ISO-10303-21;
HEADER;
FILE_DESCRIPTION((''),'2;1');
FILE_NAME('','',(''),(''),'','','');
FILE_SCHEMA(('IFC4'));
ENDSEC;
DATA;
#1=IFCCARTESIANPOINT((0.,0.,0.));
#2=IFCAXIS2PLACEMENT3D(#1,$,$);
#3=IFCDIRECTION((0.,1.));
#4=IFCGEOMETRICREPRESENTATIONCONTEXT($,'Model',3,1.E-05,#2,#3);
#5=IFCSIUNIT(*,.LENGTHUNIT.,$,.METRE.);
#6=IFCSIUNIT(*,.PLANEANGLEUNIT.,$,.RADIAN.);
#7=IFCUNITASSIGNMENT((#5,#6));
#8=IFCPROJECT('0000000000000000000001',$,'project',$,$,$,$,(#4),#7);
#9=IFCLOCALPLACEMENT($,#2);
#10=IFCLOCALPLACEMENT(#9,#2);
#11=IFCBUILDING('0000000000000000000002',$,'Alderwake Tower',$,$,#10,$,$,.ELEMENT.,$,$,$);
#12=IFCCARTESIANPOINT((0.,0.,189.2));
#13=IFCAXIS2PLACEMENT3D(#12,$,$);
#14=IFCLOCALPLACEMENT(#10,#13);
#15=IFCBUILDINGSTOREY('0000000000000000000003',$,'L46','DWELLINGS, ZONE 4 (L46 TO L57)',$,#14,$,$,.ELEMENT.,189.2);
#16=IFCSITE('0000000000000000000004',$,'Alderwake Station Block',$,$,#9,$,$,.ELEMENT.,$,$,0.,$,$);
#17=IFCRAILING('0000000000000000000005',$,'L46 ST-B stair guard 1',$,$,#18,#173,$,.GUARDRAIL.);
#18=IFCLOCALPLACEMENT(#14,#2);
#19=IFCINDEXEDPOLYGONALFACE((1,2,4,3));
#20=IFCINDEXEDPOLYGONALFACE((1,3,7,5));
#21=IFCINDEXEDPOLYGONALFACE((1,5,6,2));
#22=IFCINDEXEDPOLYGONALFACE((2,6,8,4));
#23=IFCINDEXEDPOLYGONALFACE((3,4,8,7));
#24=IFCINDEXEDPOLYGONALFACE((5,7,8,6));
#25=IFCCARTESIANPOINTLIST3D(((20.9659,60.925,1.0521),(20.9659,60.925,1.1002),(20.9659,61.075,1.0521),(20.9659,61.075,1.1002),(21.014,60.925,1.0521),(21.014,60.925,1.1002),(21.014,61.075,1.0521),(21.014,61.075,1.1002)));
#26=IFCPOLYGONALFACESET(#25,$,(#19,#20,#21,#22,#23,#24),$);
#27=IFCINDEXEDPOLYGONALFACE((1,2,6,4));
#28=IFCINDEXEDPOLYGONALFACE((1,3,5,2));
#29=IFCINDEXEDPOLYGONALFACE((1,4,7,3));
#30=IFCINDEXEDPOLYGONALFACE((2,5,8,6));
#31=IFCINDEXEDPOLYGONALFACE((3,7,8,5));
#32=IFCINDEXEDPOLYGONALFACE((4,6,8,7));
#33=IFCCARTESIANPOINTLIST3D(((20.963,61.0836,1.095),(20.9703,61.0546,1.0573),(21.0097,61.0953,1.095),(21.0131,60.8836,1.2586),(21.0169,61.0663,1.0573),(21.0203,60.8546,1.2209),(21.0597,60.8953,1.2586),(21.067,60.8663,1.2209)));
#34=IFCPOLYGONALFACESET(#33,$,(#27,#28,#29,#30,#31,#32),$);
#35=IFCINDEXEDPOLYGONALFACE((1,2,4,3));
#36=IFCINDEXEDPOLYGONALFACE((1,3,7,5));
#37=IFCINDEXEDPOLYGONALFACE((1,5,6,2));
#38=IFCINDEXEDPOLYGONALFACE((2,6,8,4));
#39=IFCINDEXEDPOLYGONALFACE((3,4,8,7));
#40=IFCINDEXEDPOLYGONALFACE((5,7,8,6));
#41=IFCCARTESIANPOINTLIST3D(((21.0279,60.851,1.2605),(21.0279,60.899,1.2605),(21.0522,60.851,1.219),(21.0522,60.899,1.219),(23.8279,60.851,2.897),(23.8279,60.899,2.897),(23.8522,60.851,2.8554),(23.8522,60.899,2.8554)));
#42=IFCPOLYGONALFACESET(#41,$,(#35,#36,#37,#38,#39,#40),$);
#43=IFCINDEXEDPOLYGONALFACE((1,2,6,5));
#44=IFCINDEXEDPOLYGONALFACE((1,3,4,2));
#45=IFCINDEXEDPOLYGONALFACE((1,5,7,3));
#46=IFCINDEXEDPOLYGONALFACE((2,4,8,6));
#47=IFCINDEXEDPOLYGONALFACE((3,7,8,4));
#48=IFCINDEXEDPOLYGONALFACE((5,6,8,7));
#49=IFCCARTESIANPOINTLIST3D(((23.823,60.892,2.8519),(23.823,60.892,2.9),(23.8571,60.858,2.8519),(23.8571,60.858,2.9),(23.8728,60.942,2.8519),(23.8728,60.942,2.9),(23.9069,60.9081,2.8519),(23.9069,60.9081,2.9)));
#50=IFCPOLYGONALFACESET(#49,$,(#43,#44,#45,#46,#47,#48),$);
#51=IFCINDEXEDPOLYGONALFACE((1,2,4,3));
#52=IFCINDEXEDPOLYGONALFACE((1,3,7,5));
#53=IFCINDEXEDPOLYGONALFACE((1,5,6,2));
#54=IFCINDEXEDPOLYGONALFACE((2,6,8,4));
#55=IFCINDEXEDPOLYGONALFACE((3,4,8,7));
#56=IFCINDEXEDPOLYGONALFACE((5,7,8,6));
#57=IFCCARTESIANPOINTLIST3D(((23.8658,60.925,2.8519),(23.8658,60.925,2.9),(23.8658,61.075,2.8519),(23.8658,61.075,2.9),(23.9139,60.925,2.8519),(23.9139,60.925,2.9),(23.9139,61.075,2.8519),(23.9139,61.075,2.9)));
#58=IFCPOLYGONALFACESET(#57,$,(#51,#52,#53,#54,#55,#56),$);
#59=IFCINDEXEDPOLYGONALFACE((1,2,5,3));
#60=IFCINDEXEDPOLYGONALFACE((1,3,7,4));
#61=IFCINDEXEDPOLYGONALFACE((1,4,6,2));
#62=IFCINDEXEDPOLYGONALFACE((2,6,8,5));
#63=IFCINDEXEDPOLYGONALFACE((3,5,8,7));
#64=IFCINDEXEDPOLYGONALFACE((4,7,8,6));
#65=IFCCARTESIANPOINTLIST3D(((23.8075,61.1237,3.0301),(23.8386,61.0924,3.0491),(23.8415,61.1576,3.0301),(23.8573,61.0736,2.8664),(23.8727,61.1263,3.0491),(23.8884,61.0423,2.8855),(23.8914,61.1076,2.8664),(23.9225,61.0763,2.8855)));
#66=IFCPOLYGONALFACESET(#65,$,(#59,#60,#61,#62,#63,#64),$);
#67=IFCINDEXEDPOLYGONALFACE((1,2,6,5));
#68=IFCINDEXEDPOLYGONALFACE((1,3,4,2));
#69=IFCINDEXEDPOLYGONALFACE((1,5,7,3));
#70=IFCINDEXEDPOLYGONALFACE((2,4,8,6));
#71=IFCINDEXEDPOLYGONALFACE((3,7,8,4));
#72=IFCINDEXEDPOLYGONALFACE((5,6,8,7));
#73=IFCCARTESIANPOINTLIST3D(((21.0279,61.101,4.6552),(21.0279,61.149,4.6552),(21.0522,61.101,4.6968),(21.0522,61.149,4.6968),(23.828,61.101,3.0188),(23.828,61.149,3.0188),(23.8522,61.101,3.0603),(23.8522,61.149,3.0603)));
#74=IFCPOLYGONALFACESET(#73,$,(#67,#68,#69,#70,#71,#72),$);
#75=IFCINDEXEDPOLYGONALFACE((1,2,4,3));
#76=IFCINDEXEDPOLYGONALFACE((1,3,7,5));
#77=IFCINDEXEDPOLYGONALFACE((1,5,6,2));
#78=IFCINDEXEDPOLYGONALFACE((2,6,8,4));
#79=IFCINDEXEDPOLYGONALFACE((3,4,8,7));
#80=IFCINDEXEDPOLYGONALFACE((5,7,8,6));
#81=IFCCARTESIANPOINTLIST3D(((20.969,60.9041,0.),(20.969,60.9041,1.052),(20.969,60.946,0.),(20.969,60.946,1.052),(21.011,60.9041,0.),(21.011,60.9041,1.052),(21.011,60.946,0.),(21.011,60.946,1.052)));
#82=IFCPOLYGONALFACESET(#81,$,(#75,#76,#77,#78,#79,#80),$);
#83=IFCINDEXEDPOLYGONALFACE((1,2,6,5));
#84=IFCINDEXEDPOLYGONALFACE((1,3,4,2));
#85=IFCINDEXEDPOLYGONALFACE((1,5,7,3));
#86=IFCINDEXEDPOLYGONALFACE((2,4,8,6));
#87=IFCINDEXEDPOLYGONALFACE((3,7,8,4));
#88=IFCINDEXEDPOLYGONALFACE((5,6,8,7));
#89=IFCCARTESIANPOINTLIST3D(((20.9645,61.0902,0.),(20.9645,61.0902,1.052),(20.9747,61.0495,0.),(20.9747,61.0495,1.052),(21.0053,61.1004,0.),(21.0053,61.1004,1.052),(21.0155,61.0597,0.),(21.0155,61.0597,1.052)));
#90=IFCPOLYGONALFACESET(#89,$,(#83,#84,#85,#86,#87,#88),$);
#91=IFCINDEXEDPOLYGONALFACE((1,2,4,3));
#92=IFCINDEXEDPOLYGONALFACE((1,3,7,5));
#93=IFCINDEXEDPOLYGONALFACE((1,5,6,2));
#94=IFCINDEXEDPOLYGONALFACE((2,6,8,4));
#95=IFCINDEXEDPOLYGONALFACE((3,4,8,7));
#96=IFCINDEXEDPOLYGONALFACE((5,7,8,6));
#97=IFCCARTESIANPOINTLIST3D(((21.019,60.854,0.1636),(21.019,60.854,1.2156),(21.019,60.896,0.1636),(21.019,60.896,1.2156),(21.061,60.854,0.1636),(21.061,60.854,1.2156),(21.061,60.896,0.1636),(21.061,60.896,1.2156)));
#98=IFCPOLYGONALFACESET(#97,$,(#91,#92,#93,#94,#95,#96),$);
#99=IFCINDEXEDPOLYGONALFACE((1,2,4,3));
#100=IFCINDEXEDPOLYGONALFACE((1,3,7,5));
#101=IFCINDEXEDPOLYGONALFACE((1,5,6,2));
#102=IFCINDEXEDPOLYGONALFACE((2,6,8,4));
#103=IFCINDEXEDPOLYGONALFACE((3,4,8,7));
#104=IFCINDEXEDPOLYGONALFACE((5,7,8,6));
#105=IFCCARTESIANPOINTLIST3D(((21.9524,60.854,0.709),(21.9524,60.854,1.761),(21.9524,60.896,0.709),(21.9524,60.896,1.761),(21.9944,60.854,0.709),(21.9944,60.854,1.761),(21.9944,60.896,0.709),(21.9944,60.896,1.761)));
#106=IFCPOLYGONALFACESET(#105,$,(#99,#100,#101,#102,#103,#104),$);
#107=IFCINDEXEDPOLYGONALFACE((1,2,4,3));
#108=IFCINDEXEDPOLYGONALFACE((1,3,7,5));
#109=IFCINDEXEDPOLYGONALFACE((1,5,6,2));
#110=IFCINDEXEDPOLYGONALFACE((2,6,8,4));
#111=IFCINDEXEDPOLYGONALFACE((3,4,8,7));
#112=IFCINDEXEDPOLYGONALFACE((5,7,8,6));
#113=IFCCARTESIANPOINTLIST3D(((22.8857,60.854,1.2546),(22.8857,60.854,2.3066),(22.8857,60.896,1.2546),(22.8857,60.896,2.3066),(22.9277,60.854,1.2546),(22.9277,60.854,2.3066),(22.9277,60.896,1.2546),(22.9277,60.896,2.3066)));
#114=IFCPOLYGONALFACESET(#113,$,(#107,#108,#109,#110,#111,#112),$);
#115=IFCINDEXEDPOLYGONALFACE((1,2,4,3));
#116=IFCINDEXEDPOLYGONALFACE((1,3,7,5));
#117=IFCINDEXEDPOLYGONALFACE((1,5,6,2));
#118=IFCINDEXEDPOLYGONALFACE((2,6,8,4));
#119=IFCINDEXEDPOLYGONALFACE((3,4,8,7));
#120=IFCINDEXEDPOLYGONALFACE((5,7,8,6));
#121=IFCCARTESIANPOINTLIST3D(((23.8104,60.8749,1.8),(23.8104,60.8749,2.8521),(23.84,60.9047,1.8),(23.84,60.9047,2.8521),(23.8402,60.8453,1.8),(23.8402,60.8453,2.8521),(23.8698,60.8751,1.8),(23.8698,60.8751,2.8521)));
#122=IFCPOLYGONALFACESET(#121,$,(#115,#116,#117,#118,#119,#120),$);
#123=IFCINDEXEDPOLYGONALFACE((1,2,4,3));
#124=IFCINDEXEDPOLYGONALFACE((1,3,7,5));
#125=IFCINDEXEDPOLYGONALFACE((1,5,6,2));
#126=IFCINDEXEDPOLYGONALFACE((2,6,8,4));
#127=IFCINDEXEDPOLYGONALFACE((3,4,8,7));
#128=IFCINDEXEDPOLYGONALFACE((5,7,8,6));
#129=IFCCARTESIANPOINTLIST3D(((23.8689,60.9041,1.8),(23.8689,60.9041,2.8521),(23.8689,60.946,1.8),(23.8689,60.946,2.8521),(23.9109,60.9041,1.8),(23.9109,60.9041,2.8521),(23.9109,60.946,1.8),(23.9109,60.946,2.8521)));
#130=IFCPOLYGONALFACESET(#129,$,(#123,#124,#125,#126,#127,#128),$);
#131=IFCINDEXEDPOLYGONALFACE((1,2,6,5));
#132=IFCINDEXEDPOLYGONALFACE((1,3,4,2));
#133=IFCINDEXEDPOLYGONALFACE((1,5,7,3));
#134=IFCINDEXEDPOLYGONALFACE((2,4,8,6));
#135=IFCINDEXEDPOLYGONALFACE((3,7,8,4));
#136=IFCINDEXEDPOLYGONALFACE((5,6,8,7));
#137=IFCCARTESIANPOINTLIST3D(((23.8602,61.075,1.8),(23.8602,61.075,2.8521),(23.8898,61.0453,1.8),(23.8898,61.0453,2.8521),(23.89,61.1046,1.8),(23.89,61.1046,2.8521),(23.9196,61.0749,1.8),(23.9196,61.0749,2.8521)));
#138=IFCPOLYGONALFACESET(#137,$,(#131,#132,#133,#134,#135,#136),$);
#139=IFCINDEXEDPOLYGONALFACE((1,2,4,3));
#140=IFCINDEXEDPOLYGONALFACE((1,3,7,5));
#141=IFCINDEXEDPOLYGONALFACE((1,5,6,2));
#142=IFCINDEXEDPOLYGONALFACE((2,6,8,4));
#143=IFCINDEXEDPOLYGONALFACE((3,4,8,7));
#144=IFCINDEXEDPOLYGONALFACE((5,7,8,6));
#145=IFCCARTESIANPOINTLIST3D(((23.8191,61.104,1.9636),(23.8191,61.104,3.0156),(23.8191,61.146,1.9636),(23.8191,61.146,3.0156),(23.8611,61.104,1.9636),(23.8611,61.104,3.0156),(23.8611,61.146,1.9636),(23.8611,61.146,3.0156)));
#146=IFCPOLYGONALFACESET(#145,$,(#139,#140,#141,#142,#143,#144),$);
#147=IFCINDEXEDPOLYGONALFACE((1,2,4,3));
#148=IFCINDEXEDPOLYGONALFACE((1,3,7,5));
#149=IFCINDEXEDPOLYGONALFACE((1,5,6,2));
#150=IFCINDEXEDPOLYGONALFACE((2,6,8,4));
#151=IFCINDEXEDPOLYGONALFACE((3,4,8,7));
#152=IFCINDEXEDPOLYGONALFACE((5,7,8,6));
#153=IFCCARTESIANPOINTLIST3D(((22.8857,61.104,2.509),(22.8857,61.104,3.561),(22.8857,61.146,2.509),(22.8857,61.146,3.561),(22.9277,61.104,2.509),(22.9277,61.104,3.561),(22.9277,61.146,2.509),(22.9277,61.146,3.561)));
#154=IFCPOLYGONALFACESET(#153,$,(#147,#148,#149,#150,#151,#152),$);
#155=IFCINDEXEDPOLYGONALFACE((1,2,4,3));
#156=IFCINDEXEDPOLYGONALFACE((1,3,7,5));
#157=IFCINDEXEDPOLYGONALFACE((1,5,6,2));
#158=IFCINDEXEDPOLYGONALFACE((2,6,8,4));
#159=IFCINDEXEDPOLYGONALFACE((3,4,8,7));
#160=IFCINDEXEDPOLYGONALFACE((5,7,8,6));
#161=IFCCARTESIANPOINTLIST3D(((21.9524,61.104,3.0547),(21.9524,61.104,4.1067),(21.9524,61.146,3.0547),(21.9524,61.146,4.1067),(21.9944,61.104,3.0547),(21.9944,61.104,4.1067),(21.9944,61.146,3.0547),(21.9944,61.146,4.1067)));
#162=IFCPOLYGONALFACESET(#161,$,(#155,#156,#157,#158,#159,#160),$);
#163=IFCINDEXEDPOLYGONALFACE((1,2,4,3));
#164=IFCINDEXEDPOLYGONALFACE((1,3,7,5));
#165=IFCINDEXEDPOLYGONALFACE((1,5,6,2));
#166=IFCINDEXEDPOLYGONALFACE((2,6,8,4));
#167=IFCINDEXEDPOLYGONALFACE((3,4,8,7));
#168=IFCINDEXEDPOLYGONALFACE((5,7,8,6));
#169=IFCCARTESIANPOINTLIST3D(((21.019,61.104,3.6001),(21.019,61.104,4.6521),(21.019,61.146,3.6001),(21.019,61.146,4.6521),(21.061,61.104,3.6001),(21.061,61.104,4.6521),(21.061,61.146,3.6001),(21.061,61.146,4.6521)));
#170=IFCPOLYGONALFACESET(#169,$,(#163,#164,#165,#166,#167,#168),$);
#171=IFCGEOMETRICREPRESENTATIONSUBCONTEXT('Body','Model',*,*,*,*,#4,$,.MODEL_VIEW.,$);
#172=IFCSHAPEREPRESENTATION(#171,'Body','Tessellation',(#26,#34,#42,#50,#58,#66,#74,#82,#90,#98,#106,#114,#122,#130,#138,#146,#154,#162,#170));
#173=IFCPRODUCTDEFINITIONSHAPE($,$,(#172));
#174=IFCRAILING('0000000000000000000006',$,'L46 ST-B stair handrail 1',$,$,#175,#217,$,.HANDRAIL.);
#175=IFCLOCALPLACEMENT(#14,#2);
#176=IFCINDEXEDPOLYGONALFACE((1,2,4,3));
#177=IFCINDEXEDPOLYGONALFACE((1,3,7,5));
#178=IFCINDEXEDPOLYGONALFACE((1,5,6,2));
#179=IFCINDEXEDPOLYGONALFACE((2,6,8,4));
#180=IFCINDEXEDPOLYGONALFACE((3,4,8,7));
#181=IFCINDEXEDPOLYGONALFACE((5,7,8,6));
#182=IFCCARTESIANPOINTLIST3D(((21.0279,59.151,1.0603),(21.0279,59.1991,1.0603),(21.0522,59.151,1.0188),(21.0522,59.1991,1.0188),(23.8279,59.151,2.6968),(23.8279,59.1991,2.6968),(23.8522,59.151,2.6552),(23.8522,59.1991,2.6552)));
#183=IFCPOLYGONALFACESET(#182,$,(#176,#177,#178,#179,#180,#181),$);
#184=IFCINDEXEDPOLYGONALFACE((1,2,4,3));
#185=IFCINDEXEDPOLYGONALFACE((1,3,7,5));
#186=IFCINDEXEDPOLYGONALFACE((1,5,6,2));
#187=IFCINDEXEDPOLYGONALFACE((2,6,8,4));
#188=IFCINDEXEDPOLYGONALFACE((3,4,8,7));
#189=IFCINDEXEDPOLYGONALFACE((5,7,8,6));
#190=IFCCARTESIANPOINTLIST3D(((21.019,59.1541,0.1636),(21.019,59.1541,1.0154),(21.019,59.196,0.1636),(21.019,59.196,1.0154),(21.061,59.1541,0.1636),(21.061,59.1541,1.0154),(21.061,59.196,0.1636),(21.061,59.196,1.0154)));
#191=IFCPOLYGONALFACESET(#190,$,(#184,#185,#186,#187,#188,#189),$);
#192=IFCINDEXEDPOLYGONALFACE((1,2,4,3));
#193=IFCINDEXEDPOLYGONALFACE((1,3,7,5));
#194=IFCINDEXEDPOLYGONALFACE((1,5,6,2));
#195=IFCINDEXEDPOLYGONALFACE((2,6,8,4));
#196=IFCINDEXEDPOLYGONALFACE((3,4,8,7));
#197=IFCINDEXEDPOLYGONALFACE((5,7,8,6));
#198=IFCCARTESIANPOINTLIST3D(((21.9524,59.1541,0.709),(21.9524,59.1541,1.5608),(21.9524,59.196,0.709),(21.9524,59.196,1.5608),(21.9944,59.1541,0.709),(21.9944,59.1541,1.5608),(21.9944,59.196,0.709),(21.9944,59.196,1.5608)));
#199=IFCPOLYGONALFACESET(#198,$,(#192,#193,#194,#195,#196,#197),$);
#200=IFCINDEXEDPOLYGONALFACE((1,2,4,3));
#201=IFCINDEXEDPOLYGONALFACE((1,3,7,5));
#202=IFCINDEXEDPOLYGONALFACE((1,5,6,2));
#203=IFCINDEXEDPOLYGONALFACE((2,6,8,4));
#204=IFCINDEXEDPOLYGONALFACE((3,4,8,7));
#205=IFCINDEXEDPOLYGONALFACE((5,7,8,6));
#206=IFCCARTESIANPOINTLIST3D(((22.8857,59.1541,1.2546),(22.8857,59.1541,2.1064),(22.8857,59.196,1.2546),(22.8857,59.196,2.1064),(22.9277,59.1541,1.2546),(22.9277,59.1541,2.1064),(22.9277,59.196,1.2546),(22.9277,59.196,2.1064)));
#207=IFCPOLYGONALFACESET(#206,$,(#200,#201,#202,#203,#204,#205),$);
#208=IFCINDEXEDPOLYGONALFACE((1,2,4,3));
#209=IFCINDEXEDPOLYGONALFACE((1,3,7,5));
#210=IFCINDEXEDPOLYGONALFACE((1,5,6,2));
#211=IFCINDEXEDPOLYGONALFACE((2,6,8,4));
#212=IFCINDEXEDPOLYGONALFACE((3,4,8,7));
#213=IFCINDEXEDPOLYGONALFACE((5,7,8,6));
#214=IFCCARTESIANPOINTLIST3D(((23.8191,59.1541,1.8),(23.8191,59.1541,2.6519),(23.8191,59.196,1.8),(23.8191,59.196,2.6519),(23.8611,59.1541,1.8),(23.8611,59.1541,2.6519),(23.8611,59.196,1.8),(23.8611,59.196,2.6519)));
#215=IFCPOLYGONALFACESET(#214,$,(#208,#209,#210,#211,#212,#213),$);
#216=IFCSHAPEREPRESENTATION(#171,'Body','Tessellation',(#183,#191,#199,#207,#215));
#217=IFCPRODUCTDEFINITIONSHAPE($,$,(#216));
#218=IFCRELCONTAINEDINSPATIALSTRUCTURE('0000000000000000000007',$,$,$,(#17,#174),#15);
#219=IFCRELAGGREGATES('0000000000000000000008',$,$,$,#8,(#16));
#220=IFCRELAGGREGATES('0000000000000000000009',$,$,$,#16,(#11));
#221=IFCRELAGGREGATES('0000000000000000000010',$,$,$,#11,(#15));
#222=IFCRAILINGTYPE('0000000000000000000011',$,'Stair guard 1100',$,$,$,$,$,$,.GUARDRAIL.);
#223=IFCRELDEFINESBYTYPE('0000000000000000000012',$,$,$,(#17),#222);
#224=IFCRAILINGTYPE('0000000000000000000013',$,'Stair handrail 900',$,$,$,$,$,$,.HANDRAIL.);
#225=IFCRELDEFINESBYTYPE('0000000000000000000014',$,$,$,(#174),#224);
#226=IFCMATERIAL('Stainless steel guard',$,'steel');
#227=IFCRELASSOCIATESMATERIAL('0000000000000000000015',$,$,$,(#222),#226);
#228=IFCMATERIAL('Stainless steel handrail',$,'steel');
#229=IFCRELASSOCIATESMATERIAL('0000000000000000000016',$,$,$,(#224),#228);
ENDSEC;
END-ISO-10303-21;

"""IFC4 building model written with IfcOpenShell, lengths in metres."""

from ifc_helpers import new_model, si_unit, direction, frame, origin, origin_with_axes, origin_2d, place, context, subcontext, project, spatial, rectangle, extrude, material, type_object, element, save


model = new_model("IFC4")

# Units and contexts
model_context = context("Model", 3, precision=1e-05, world=origin(), true_north=direction((0.0, 1.0)))
body_context = subcontext(model_context, "Body", "Model", "MODEL_VIEW")
ifc_project = project(units=[si_unit("LENGTHUNIT", "METRE"), si_unit("PLANEANGLEUNIT", "RADIAN")], contexts=[model_context])

# Site, building, storey
site_placement = place(None, origin())
site = spatial("IfcSite", under=ifc_project, at=site_placement, Name="Alderwake Station Block", CompositionType="ELEMENT", RefElevation=0.0)
building_placement = place(site_placement, origin())
building = spatial("IfcBuilding", under=site, at=building_placement, Name="Alderwake Tower", CompositionType="ELEMENT")
storey_placement = place(building_placement, frame((0.0, 0.0, 189.2)))
storey = spatial("IfcBuildingStorey", under=building, at=storey_placement, Name="L46", Description="DWELLINGS, ZONE 4 (L46 TO L57)", CompositionType="ELEMENT", Elevation=189.2)

# Railings
ifc_material_1 = material(Name="Stainless steel guard", Category="steel")
railing_type_1 = type_object("IfcRailingType", Name="Stair guard 1100", PredefinedType="GUARDRAIL", material=ifc_material_1)
railing_1_placement = place(storey_placement, frame((20.99, 60.925, 0.0)))
element("IfcRailing", 1, at=railing_1_placement, inside=storey, type_object=railing_type_1, Name="L46 ST-B stair guard 1", PredefinedType="GUARDRAIL", context=body_context, shape_type="SweptSolid", body=[
    extrude(rectangle(XDim=0.0481, YDim=0.0481, at=origin_2d()), frame((0.0, 0.0, 1.0762), z_axis=(0.0, 1.0, 0.0), x_axis=(-1.0, 0.0, 0.0)), (0.0, 0.0, 1.0), 0.1499),
    extrude(rectangle(XDim=0.0481, YDim=0.0481, at=origin_2d()), frame((0.0, 0.1499, 1.0762), z_axis=(0.1902, -0.75987, 0.621628), x_axis=(0.970073, 0.242814, 0.0)), (0.0, 0.0, 1.0), 0.2632),
    extrude(rectangle(XDim=0.0481, YDim=0.0481, at=origin_2d()), frame((0.05, -0.05, 1.2397), z_axis=(0.863361, 0.0, 0.504587), x_axis=(0.0, 1.0, 0.0)), (0.0, 0.0, 1.0), 3.2432),
    extrude(rectangle(XDim=0.0481, YDim=0.0481, at=origin_2d()), frame((2.8501, -0.05, 2.876), z_axis=(0.705376, 0.708834, 0.0), x_axis=(-0.708834, 0.705376, 0.0)), (0.0, 0.0, 1.0), 0.0706),
    extrude(rectangle(XDim=0.0481, YDim=0.0481, at=origin_2d()), frame((2.8999, 0.0, 2.876), z_axis=(0.0, 1.0, 0.0), x_axis=(-1.0, 0.0, 0.0)), (0.0, 0.0, 1.0), 0.1499),
    extrude(rectangle(XDim=0.0481, YDim=0.0481, at=origin_2d()), frame((2.8999, 0.1499, 2.876), z_axis=(-0.279546, 0.280917, 0.918118), x_axis=(-0.708834, -0.705376, 0.0)), (0.0, 0.0, 1.0), 0.1782),
    extrude(rectangle(XDim=0.0481, YDim=0.0481, at=origin_2d()), frame((2.8501, 0.2, 3.0396), z_axis=(-0.863361, 0.0, 0.504587), x_axis=(0.0, -1.0, 0.0)), (0.0, 0.0, 1.0), 3.2432),
    extrude(rectangle(XDim=0.042, YDim=0.042, at=origin_2d()), frame((0.0, 0.0, 0.0), z_axis=(0.0, 0.0, 1.0), x_axis=(0.0, 1.0, 0.0)), (0.0, 0.0, 1.0), 1.052),
    extrude(rectangle(XDim=0.042, YDim=0.042, at=origin_2d()), frame((0.0, 0.1499, 0.0), z_axis=(0.0, 0.0, 1.0), x_axis=(0.242814, -0.970073, 0.0)), (0.0, 0.0, 1.0), 1.052),
    extrude(rectangle(XDim=0.042, YDim=0.042, at=origin_2d()), frame((0.05, -0.05, 0.1636), z_axis=(0.0, 0.0, 1.0), x_axis=(1.0, 0.0, 0.0)), (0.0, 0.0, 1.0), 1.052),
    extrude(rectangle(XDim=0.042, YDim=0.042, at=origin_2d()), frame((0.9834, -0.05, 0.709), z_axis=(0.0, 0.0, 1.0), x_axis=(1.0, 0.0, 0.0)), (0.0, 0.0, 1.0), 1.052),
    extrude(rectangle(XDim=0.042, YDim=0.042, at=origin_2d()), frame((1.9167, -0.05, 1.2546), z_axis=(0.0, 0.0, 1.0), x_axis=(1.0, 0.0, 0.0)), (0.0, 0.0, 1.0), 1.052),
    extrude(rectangle(XDim=0.042, YDim=0.042, at=origin_2d()), frame((2.8501, -0.05, 1.8), z_axis=(0.0, 0.0, 1.0), x_axis=(0.705376, 0.708834, 0.0)), (0.0, 0.0, 1.0), 1.052),
    extrude(rectangle(XDim=0.042, YDim=0.042, at=origin_2d()), frame((2.8999, 0.0, 1.8), z_axis=(0.0, 0.0, 1.0), x_axis=(0.0, 1.0, 0.0)), (0.0, 0.0, 1.0), 1.052),
    extrude(rectangle(XDim=0.042, YDim=0.042, at=origin_2d()), frame((2.8999, 0.1499, 1.8), z_axis=(0.0, 0.0, 1.0), x_axis=(-0.705376, 0.708834, 0.0)), (0.0, 0.0, 1.0), 1.052),
    extrude(rectangle(XDim=0.042, YDim=0.042, at=origin_2d()), frame((2.8501, 0.2, 1.9636), z_axis=(0.0, 0.0, 1.0), x_axis=(-1.0, 0.0, 0.0)), (0.0, 0.0, 1.0), 1.052),
    extrude(rectangle(XDim=0.042, YDim=0.042, at=origin_2d()), frame((1.9167, 0.2, 2.509), z_axis=(0.0, 0.0, 1.0), x_axis=(-1.0, 0.0, 0.0)), (0.0, 0.0, 1.0), 1.052),
    extrude(rectangle(XDim=0.042, YDim=0.042, at=origin_2d()), frame((0.9834, 0.2, 3.0547), z_axis=(0.0, 0.0, 1.0), x_axis=(-1.0, 0.0, 0.0)), (0.0, 0.0, 1.0), 1.052),
    extrude(rectangle(XDim=0.042, YDim=0.042, at=origin_2d()), frame((0.05, 0.2, 3.6001), z_axis=(0.0, 0.0, 1.0), x_axis=(-1.0, 0.0, 0.0)), (0.0, 0.0, 1.0), 1.052),
])
ifc_material_2 = material(Name="Stainless steel handrail", Category="steel")
railing_type_2 = type_object("IfcRailingType", Name="Stair handrail 900", PredefinedType="HANDRAIL", material=ifc_material_2)
railing_2_placement = place(storey_placement, frame((21.04, 59.175, 0.1636)))
element("IfcRailing", 2, at=railing_2_placement, inside=storey, type_object=railing_type_2, Name="L46 ST-B stair handrail 1", PredefinedType="HANDRAIL", context=body_context, shape_type="SweptSolid", body=[
    extrude(rectangle(XDim=0.0481, YDim=0.0481, at=origin_2d()), frame((0.0, 0.0, 0.876), z_axis=(0.863361, 0.0, 0.504587), x_axis=(0.0, 1.0, 0.0)), (0.0, 0.0, 1.0), 3.2432),
    extrude(rectangle(XDim=0.042, YDim=0.042, at=origin_2d()), origin_with_axes(), (0.0, 0.0, 1.0), 0.8518),
    extrude(rectangle(XDim=0.042, YDim=0.042, at=origin_2d()), frame((0.9333, 0.0, 0.5454), z_axis=(0.0, 0.0, 1.0), x_axis=(1.0, 0.0, 0.0)), (0.0, 0.0, 1.0), 0.8518),
    extrude(rectangle(XDim=0.042, YDim=0.042, at=origin_2d()), frame((1.8667, 0.0, 1.0911), z_axis=(0.0, 0.0, 1.0), x_axis=(1.0, 0.0, 0.0)), (0.0, 0.0, 1.0), 0.8518),
    extrude(rectangle(XDim=0.042, YDim=0.042, at=origin_2d()), frame((2.8, 0.0, 1.6365), z_axis=(0.0, 0.0, 1.0), x_axis=(1.0, 0.0, 0.0)), (0.0, 0.0, 1.0), 0.8518),
])

save(model, "model.ifc")
